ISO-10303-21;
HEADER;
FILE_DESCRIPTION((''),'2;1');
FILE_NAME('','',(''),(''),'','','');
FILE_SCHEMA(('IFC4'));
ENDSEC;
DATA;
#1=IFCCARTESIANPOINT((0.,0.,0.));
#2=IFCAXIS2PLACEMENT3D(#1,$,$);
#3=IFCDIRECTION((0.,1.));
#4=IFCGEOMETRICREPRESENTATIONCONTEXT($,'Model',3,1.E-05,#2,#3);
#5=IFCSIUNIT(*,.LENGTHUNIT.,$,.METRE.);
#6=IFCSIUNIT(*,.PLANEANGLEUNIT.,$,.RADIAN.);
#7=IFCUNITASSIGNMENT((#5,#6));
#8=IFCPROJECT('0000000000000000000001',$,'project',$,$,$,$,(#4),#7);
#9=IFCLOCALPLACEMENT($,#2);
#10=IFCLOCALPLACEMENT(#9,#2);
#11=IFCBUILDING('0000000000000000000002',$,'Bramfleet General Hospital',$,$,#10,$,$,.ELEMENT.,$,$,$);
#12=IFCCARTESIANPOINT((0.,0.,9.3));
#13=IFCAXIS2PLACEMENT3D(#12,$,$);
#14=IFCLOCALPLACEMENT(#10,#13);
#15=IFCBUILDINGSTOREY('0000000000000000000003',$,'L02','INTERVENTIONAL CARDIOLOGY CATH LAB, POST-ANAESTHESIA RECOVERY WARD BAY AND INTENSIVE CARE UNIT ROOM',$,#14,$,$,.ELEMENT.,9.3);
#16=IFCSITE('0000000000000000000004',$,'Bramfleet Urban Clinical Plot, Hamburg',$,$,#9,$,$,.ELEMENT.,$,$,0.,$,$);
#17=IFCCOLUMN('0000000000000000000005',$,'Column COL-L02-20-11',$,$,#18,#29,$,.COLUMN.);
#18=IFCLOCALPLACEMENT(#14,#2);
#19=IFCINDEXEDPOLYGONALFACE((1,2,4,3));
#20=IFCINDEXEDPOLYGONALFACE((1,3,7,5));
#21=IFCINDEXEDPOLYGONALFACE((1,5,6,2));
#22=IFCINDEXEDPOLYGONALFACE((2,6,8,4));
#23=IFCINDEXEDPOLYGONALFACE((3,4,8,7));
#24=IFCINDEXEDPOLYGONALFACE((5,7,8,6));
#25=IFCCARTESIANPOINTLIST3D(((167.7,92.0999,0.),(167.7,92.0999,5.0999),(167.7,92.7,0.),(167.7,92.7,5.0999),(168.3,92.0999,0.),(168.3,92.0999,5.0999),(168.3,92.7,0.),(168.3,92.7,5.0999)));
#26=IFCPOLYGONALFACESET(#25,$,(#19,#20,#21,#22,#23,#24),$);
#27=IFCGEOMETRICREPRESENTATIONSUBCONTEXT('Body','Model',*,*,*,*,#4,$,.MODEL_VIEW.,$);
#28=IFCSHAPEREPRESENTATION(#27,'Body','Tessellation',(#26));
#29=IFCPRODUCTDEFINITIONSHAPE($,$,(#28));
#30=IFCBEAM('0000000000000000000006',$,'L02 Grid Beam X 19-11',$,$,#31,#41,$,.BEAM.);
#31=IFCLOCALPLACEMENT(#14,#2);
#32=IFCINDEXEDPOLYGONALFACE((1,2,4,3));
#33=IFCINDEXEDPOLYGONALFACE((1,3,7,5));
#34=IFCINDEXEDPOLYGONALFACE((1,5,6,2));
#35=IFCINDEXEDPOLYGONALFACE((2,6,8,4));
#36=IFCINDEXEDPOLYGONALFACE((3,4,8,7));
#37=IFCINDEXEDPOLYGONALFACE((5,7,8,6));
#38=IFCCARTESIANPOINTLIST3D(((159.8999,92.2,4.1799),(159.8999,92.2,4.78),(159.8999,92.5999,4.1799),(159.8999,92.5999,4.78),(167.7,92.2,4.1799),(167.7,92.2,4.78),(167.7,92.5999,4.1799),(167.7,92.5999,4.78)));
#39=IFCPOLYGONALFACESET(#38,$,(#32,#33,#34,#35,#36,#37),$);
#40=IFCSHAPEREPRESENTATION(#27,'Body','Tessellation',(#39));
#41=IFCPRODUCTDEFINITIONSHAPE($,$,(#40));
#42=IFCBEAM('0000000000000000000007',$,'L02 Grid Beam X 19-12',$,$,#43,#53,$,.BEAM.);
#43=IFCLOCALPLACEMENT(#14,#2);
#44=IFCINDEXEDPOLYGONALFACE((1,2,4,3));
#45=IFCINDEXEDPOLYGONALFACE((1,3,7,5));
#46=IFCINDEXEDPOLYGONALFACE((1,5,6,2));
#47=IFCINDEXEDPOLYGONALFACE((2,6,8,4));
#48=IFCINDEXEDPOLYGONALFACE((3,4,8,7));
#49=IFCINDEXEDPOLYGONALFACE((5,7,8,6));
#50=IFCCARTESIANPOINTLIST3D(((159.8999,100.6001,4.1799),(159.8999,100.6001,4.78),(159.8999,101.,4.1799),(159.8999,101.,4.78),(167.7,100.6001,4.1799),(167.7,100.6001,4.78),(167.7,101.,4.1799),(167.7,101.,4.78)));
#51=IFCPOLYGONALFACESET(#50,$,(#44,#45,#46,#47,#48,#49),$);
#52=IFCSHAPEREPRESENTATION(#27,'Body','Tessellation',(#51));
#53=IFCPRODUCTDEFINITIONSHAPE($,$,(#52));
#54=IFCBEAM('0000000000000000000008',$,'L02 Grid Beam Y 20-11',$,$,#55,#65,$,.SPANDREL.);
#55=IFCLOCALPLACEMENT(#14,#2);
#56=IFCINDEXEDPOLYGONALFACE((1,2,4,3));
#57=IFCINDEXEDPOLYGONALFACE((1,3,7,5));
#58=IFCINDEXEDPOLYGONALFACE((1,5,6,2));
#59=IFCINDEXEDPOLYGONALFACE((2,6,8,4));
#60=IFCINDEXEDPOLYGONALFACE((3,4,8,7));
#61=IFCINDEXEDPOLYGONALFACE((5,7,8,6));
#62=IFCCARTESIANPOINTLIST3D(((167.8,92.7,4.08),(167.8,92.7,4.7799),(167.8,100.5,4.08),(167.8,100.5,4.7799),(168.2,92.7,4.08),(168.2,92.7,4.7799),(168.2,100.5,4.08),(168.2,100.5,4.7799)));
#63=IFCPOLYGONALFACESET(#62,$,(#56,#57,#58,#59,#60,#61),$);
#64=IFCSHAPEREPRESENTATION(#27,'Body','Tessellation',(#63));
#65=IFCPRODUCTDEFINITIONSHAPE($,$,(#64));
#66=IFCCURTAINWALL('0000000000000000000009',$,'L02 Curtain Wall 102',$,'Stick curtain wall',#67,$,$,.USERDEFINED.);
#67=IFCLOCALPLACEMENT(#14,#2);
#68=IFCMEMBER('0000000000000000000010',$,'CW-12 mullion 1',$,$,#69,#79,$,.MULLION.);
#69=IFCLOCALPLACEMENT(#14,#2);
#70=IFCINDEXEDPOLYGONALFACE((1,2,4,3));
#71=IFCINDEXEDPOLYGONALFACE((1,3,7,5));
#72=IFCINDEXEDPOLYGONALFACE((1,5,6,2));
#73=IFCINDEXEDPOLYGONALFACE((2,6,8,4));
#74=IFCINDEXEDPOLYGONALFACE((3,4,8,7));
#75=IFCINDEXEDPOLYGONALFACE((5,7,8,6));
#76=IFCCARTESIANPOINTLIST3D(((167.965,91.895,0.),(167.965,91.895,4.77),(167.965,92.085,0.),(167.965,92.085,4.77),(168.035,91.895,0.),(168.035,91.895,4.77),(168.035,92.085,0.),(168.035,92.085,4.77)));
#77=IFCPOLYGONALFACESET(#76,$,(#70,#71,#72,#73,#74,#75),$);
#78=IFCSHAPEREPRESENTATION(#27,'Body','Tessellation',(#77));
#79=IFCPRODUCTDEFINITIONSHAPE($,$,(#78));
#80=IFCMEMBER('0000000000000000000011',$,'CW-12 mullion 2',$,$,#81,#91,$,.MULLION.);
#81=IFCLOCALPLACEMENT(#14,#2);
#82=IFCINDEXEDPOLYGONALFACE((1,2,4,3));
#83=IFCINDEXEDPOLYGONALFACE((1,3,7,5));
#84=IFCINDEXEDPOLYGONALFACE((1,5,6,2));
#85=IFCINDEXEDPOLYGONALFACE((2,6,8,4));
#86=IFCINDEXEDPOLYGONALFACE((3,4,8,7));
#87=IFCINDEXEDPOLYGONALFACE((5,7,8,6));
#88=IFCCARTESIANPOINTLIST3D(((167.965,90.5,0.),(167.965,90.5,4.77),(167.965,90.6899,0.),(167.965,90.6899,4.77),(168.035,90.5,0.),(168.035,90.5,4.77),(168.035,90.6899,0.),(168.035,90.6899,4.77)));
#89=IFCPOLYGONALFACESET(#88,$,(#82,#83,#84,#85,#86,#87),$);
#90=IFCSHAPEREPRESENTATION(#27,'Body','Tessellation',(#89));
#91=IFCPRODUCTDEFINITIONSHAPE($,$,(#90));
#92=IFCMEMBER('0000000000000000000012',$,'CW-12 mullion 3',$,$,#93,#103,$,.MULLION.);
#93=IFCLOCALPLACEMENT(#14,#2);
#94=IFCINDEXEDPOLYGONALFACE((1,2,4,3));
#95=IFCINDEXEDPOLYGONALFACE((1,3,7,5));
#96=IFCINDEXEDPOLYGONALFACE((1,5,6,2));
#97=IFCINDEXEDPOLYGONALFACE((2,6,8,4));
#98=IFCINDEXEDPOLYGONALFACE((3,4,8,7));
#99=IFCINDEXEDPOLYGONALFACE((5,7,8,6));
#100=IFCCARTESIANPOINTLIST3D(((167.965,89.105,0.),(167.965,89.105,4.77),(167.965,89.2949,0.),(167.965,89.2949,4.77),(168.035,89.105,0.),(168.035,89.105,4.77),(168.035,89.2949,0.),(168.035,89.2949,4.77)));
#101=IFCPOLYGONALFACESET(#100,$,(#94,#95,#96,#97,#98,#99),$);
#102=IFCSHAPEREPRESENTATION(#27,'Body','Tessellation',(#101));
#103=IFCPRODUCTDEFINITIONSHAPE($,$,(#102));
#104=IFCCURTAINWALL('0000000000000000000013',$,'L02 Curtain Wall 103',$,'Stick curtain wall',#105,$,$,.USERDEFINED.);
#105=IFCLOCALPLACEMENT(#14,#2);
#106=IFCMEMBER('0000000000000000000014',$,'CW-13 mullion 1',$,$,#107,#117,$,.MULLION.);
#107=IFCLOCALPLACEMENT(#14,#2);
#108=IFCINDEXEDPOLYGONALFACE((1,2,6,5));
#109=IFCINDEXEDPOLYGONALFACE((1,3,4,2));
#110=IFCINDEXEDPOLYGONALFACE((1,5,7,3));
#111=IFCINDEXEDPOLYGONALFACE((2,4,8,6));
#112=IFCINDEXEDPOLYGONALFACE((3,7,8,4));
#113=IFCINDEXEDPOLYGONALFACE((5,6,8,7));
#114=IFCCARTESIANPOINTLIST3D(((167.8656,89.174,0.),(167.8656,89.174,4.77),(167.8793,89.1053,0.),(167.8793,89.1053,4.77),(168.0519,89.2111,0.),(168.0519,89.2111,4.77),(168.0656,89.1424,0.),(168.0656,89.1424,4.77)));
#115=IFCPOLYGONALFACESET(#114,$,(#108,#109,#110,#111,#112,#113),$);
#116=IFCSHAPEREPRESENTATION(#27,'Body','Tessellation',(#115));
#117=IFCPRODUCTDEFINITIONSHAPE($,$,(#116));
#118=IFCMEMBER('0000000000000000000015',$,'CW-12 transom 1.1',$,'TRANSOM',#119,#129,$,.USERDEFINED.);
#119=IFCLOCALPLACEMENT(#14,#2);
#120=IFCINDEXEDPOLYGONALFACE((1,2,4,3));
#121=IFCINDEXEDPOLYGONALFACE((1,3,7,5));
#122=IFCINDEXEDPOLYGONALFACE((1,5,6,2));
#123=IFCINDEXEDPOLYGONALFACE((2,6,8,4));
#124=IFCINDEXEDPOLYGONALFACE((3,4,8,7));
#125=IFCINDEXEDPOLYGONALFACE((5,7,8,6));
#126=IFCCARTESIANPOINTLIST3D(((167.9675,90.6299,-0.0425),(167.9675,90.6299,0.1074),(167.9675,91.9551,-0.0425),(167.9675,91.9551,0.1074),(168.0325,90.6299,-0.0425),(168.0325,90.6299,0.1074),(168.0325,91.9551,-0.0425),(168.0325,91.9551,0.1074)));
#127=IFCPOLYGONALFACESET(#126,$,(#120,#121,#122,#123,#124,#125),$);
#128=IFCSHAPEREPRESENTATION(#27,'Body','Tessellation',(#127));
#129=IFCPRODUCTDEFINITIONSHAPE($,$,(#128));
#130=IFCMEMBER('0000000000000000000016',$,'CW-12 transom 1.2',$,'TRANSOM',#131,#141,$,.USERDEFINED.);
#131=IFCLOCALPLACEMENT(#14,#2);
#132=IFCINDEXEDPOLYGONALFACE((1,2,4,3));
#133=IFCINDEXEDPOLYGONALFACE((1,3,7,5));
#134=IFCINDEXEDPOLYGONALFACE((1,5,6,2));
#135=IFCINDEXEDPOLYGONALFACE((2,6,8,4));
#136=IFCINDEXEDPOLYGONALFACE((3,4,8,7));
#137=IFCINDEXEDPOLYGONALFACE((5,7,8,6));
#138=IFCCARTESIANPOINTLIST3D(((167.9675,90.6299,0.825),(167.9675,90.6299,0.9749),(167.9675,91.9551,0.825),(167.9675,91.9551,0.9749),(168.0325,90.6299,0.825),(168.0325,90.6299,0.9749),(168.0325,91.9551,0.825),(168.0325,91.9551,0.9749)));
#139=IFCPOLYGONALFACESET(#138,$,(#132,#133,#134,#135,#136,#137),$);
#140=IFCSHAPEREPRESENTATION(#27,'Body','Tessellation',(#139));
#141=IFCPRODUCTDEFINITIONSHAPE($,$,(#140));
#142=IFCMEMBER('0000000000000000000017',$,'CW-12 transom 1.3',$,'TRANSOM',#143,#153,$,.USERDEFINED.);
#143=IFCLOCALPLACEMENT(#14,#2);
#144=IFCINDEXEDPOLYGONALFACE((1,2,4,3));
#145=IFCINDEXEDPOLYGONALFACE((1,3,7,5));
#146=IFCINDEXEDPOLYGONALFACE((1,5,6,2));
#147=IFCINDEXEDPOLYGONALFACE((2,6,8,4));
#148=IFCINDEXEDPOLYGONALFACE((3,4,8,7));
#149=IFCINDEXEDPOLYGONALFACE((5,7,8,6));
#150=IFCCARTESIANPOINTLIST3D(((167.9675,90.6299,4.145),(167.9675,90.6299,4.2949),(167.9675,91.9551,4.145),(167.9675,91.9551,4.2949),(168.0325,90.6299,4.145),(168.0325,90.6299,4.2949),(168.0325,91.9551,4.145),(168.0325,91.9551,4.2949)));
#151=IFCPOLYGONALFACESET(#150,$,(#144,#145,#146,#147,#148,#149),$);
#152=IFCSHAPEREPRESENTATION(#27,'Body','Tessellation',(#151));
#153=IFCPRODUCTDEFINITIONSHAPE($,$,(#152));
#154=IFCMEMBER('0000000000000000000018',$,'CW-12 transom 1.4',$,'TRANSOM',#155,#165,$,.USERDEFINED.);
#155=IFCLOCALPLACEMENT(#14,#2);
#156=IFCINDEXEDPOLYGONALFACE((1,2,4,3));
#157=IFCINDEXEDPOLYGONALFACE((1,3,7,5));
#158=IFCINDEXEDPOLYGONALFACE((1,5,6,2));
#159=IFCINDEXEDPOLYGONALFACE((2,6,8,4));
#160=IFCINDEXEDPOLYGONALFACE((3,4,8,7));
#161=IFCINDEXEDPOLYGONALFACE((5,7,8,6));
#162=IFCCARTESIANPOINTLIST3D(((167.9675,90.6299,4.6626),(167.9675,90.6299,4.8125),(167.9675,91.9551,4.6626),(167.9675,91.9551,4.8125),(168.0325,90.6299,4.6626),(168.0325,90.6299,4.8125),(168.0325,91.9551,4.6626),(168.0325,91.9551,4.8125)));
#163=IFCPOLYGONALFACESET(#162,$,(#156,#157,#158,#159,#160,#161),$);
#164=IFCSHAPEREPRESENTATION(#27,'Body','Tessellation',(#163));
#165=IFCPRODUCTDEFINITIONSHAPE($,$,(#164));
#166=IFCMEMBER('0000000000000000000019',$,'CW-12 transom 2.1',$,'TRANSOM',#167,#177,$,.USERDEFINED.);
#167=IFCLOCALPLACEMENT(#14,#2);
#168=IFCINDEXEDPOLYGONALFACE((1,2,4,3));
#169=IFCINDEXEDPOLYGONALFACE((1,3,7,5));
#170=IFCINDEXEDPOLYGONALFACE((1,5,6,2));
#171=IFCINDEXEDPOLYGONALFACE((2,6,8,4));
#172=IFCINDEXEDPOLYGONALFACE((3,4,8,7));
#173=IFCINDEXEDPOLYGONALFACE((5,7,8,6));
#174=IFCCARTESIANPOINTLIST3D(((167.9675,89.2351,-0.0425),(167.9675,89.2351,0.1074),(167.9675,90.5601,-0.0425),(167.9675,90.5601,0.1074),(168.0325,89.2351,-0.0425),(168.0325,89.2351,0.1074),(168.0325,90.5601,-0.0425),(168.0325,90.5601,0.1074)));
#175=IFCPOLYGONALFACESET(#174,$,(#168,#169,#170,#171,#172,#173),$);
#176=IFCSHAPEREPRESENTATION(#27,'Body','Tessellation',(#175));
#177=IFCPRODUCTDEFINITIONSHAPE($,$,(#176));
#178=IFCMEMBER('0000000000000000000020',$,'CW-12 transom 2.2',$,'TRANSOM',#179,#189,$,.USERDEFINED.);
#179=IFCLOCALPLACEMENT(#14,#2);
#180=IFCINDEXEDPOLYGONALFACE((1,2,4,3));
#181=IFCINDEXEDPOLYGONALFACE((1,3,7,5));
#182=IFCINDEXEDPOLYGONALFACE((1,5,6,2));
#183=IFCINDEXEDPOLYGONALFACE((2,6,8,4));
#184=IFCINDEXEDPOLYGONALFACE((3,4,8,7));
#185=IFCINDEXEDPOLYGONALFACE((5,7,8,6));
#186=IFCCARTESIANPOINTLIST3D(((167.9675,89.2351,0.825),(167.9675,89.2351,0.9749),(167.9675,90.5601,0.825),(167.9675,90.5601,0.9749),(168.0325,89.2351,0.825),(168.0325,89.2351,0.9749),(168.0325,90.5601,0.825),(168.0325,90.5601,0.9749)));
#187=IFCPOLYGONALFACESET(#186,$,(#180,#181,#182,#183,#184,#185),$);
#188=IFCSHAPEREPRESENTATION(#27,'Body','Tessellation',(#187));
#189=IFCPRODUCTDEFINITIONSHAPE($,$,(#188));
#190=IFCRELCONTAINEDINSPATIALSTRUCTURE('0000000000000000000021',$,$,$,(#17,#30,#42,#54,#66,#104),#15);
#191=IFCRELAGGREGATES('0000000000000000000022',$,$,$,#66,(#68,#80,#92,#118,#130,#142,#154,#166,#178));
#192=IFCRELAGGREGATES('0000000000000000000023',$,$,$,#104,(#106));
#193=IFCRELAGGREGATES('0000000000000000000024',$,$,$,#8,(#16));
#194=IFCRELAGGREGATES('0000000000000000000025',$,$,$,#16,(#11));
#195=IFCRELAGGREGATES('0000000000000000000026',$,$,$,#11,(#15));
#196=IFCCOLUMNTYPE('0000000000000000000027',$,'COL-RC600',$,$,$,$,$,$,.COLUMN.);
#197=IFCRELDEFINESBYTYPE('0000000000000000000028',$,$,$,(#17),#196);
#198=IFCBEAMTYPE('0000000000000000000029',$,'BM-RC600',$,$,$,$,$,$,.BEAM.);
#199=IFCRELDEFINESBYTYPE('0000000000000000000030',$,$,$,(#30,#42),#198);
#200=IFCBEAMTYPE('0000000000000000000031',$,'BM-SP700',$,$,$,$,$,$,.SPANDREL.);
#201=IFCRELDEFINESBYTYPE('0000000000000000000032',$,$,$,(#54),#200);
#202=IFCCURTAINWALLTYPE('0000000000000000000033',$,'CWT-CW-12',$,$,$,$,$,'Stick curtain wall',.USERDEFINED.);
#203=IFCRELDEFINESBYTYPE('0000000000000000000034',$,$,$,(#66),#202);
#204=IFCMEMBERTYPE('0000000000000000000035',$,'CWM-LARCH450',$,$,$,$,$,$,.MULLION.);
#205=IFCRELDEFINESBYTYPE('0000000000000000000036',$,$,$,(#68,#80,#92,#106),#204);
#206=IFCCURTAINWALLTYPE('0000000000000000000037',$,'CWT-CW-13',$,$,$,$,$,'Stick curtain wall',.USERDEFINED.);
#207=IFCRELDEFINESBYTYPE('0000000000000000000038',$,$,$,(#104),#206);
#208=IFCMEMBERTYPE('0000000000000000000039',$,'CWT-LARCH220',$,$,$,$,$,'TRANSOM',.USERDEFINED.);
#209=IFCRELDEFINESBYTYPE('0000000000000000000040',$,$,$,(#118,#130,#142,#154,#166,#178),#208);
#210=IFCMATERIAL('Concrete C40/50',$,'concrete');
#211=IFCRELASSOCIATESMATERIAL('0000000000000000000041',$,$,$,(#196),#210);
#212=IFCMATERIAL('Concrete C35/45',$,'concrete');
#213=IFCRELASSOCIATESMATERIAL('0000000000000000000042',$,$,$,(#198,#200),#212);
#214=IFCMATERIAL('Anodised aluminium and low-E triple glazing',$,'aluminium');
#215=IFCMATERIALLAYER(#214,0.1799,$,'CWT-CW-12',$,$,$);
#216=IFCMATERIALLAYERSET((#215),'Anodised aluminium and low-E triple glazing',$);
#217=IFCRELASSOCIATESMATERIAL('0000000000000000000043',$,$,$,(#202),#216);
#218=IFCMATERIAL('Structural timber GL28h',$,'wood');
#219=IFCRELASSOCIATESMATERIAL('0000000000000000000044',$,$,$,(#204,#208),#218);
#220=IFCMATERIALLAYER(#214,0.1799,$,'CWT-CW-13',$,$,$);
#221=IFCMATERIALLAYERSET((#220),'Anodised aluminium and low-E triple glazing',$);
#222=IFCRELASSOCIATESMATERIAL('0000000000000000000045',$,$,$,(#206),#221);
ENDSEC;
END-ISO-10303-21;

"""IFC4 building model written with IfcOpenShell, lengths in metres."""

from ifc_helpers import new_model, si_unit, direction, frame, origin, origin_2d, place, context, subcontext, project, spatial, rectangle, extrude, material, layer, layer_set, material_profile, profile_set, type_object, element, aggregate, save


model = new_model("IFC4")

# Units and contexts
model_context = context("Model", 3, precision=1e-05, world=origin(), true_north=direction((0.0, 1.0)))
body_context = subcontext(model_context, "Body", "Model", "MODEL_VIEW")
ifc_project = project(units=[si_unit("LENGTHUNIT", "METRE"), si_unit("PLANEANGLEUNIT", "RADIAN")], contexts=[model_context])

# Site, building, storey
site_placement = place(None, origin())
site = spatial("IfcSite", under=ifc_project, at=site_placement, Name="Bramfleet Urban Clinical Plot, Hamburg", CompositionType="ELEMENT", RefElevation=0.0)
building_placement = place(site_placement, origin())
building = spatial("IfcBuilding", under=site, at=building_placement, Name="Bramfleet General Hospital", CompositionType="ELEMENT")
storey_placement = place(building_placement, frame((0.0, 0.0, 9.3)))
storey = spatial("IfcBuildingStorey", under=building, at=storey_placement, Name="L02", Description="INTERVENTIONAL CARDIOLOGY CATH LAB, POST-ANAESTHESIA RECOVERY WARD BAY AND INTENSIVE CARE UNIT ROOM", CompositionType="ELEMENT", Elevation=9.3)

# Column
ifc_material_1 = material(Name="Concrete C40/50", Category="concrete")
ifc_material_profile_1 = material_profile(ifc_material_1, rectangle(XDim=0.6001, YDim=0.6001, at=origin_2d()), Name="RC COL 600x600")
ifc_profile_set_1 = profile_set([ifc_material_profile_1], Name="Concrete C40/50")
column_type = type_object("IfcColumnType", Name="COL-RC600", PredefinedType="COLUMN", material=ifc_profile_set_1)
column_placement = place(storey_placement, frame((168.0, 92.3999, 0.0), z_axis=(0.0, 0.0, 1.0), x_axis=(1.0, 0.0, 0.0)))
element("IfcColumn", 1, at=column_placement, inside=storey, type_object=column_type, Name="Column COL-L02-20-11", PredefinedType="COLUMN", context=body_context, shape_type="SweptSolid", body=[
    extrude(rectangle(XDim=0.6001, YDim=0.6001, at=origin_2d()), origin(), (0.0, 0.0, 1.0), 5.0999),
])

# Beams
ifc_material_2 = material(Name="Concrete C35/45", Category="concrete")
ifc_material_profile_2 = material_profile(ifc_material_2, rectangle(XDim=0.3999, YDim=0.6001, at=origin_2d()), Name="RC BM 600x400")
ifc_profile_set_2 = profile_set([ifc_material_profile_2], Name="Concrete C35/45")
beam_type_1 = type_object("IfcBeamType", Name="BM-RC600", PredefinedType="BEAM", material=ifc_profile_set_2)
for number, where, z_axis, x_axis, name in (
    (2, (159.8999, 92.3999, 4.48), (1.0, 0.0, 0.0), (0.0, 1.0, 0.0), "L02 Grid Beam X 19-11"),
    (3, (159.8999, 100.8, 4.48), (1.0, 0.0, 0.0), (0.0, 1.0, 0.0), "L02 Grid Beam X 19-12"),
):
    element("IfcBeam", number, at=place(storey_placement, frame(where, z_axis=z_axis, x_axis=x_axis)), inside=storey, type_object=beam_type_1, Name=name, PredefinedType="BEAM", context=body_context, shape_type="SweptSolid", body=[
        extrude(rectangle(XDim=0.3999, YDim=0.6001, at=origin_2d()), origin(), (0.0, 0.0, 1.0), 7.8),
    ])
ifc_material_profile_3 = material_profile(ifc_material_2, rectangle(XDim=0.3999, YDim=0.7, at=origin_2d()), Name="RC SP 700x400")
ifc_profile_set_3 = profile_set([ifc_material_profile_3], Name="Concrete C35/45")
beam_type_2 = type_object("IfcBeamType", Name="BM-SP700", PredefinedType="SPANDREL", material=ifc_profile_set_3)
beam_placement = place(storey_placement, frame((168.0, 92.7, 4.4299), z_axis=(0.0, 1.0, 0.0), x_axis=(-1.0, 0.0, 0.0)))
element("IfcBeam", 4, at=beam_placement, inside=storey, type_object=beam_type_2, Name="L02 Grid Beam Y 20-11", PredefinedType="SPANDREL", context=body_context, shape_type="SweptSolid", body=[
    extrude(rectangle(XDim=0.3999, YDim=0.7, at=origin_2d()), origin(), (0.0, 0.0, 1.0), 7.8),
])

# Curtain wall, members
ifc_material_3 = material(Name="Anodised aluminium and low-E triple glazing", Category="aluminium")
ifc_layer_1 = layer(ifc_material_3, 0.1799, Name="CWT-CW-12")
ifc_layer_set_1 = layer_set([ifc_layer_1], Name="Anodised aluminium and low-E triple glazing")
curtain_wall_type_1 = type_object("IfcCurtainWallType", Name="CWT-CW-12", ElementType="Stick curtain wall", PredefinedType="USERDEFINED", material=ifc_layer_set_1)
curtain_wall_1_placement = place(storey_placement, origin())
curtain_wall_1 = element("IfcCurtainWall", 5, at=curtain_wall_1_placement, inside=storey, type_object=curtain_wall_type_1, Name="L02 Curtain Wall 102", ObjectType="Stick curtain wall", PredefinedType="USERDEFINED")
ifc_material_4 = material(Name="Structural timber GL28h", Category="wood")
ifc_material_profile_4 = material_profile(ifc_material_4, rectangle(XDim=0.0701, YDim=0.1899, at=origin_2d()), Name="LARCH 190x70")
ifc_profile_set_4 = profile_set([ifc_material_profile_4], Name="Structural timber GL28h")
member_type_1 = type_object("IfcMemberType", Name="CWM-LARCH450", PredefinedType="MULLION", material=ifc_profile_set_4)
member_1_placement = place(storey_placement, frame((168.0, 91.99, 0.0), z_axis=(0.0, 0.0, 1.0), x_axis=(1.0, 0.0, 0.0)))
member_1 = element("IfcMember", 6, at=member_1_placement, type_object=member_type_1, Name="CW-12 mullion 1", PredefinedType="MULLION", context=body_context, shape_type="SweptSolid", body=[
    extrude(rectangle(XDim=0.0701, YDim=0.1899, at=origin_2d()), origin(), (0.0, 0.0, 1.0), 4.77),
])
member_2_placement = place(storey_placement, frame((168.0, 90.595, 0.0), z_axis=(0.0, 0.0, 1.0), x_axis=(1.0, 0.0, 0.0)))
member_2 = element("IfcMember", 7, at=member_2_placement, type_object=member_type_1, Name="CW-12 mullion 2", PredefinedType="MULLION", context=body_context, shape_type="SweptSolid", body=[
    extrude(rectangle(XDim=0.0701, YDim=0.1899, at=origin_2d()), origin(), (0.0, 0.0, 1.0), 4.77),
])
member_3_placement = place(storey_placement, frame((168.0, 89.2, 0.0), z_axis=(0.0, 0.0, 1.0), x_axis=(1.0, 0.0, 0.0)))
member_3 = element("IfcMember", 8, at=member_3_placement, type_object=member_type_1, Name="CW-12 mullion 3", PredefinedType="MULLION", context=body_context, shape_type="SweptSolid", body=[
    extrude(rectangle(XDim=0.0701, YDim=0.1899, at=origin_2d()), origin(), (0.0, 0.0, 1.0), 4.77),
])

# Curtain wall, member
ifc_layer_2 = layer(ifc_material_3, 0.1799, Name="CWT-CW-13")
ifc_layer_set_2 = layer_set([ifc_layer_2], Name="Anodised aluminium and low-E triple glazing")
curtain_wall_type_2 = type_object("IfcCurtainWallType", Name="CWT-CW-13", ElementType="Stick curtain wall", PredefinedType="USERDEFINED", material=ifc_layer_set_2)
curtain_wall_2_placement = place(storey_placement, origin())
curtain_wall_2 = element("IfcCurtainWall", 9, at=curtain_wall_2_placement, inside=storey, type_object=curtain_wall_type_2, Name="L02 Curtain Wall 103", ObjectType="Stick curtain wall", PredefinedType="USERDEFINED")
member_4_placement = place(storey_placement, frame((167.9656, 89.1582, 0.0), z_axis=(0.0, 0.0, 1.0), x_axis=(0.195272, -0.980749, 0.0)))
member_4 = element("IfcMember", 10, at=member_4_placement, type_object=member_type_1, Name="CW-13 mullion 1", PredefinedType="MULLION", context=body_context, shape_type="SweptSolid", body=[
    extrude(rectangle(XDim=0.0701, YDim=0.1899, at=origin_2d()), origin(), (0.0, 0.0, 1.0), 4.77),
])

# Members
ifc_material_profile_5 = material_profile(ifc_material_4, rectangle(XDim=0.0649, YDim=0.1499, at=origin_2d()), Name="LARCH 150x65")
ifc_profile_set_5 = profile_set([ifc_material_profile_5], Name="Structural timber GL28h")
member_type_2 = type_object("IfcMemberType", Name="CWT-LARCH220", ElementType="TRANSOM", PredefinedType="USERDEFINED", material=ifc_profile_set_5)
member_5_placement = place(storey_placement, frame((168.0, 91.9551, 0.0325), z_axis=(0.0, -1.0, 0.0), x_axis=(1.0, 0.0, 0.0)))
member_5 = element("IfcMember", 11, at=member_5_placement, type_object=member_type_2, Name="CW-12 transom 1.1", ObjectType="TRANSOM", PredefinedType="USERDEFINED", context=body_context, shape_type="SweptSolid", body=[
    extrude(rectangle(XDim=0.0649, YDim=0.1499, at=origin_2d()), origin(), (0.0, 0.0, 1.0), 1.3252),
])
member_6_placement = place(storey_placement, frame((168.0, 91.9551, 0.8999), z_axis=(0.0, -1.0, 0.0), x_axis=(1.0, 0.0, 0.0)))
member_6 = element("IfcMember", 12, at=member_6_placement, type_object=member_type_2, Name="CW-12 transom 1.2", ObjectType="TRANSOM", PredefinedType="USERDEFINED", context=body_context, shape_type="SweptSolid", body=[
    extrude(rectangle(XDim=0.0649, YDim=0.1499, at=origin_2d()), origin(), (0.0, 0.0, 1.0), 1.3252),
])
member_7_placement = place(storey_placement, frame((168.0, 91.9551, 4.22), z_axis=(0.0, -1.0, 0.0), x_axis=(1.0, 0.0, 0.0)))
member_7 = element("IfcMember", 13, at=member_7_placement, type_object=member_type_2, Name="CW-12 transom 1.3", ObjectType="TRANSOM", PredefinedType="USERDEFINED", context=body_context, shape_type="SweptSolid", body=[
    extrude(rectangle(XDim=0.0649, YDim=0.1499, at=origin_2d()), origin(), (0.0, 0.0, 1.0), 1.3252),
])
member_8_placement = place(storey_placement, frame((168.0, 91.9551, 4.7375), z_axis=(0.0, -1.0, 0.0), x_axis=(1.0, 0.0, 0.0)))
member_8 = element("IfcMember", 14, at=member_8_placement, type_object=member_type_2, Name="CW-12 transom 1.4", ObjectType="TRANSOM", PredefinedType="USERDEFINED", context=body_context, shape_type="SweptSolid", body=[
    extrude(rectangle(XDim=0.0649, YDim=0.1499, at=origin_2d()), origin(), (0.0, 0.0, 1.0), 1.3252),
])
member_9_placement = place(storey_placement, frame((168.0, 90.5601, 0.0325), z_axis=(0.0, -1.0, 0.0), x_axis=(1.0, 0.0, 0.0)))
member_9 = element("IfcMember", 15, at=member_9_placement, type_object=member_type_2, Name="CW-12 transom 2.1", ObjectType="TRANSOM", PredefinedType="USERDEFINED", context=body_context, shape_type="SweptSolid", body=[
    extrude(rectangle(XDim=0.0649, YDim=0.1499, at=origin_2d()), origin(), (0.0, 0.0, 1.0), 1.325),
])
member_10_placement = place(storey_placement, frame((168.0, 90.5601, 0.8999), z_axis=(0.0, -1.0, 0.0), x_axis=(1.0, 0.0, 0.0)))
member_10 = element("IfcMember", 16, at=member_10_placement, type_object=member_type_2, Name="CW-12 transom 2.2", ObjectType="TRANSOM", PredefinedType="USERDEFINED", context=body_context, shape_type="SweptSolid", body=[
    extrude(rectangle(XDim=0.0649, YDim=0.1499, at=origin_2d()), origin(), (0.0, 0.0, 1.0), 1.325),
])

aggregate(curtain_wall_1, [member_1, member_2, member_3, member_5, member_6, member_7, member_8, member_9, member_10])
aggregate(curtain_wall_2, [member_4])

save(model, "model.ifc")
